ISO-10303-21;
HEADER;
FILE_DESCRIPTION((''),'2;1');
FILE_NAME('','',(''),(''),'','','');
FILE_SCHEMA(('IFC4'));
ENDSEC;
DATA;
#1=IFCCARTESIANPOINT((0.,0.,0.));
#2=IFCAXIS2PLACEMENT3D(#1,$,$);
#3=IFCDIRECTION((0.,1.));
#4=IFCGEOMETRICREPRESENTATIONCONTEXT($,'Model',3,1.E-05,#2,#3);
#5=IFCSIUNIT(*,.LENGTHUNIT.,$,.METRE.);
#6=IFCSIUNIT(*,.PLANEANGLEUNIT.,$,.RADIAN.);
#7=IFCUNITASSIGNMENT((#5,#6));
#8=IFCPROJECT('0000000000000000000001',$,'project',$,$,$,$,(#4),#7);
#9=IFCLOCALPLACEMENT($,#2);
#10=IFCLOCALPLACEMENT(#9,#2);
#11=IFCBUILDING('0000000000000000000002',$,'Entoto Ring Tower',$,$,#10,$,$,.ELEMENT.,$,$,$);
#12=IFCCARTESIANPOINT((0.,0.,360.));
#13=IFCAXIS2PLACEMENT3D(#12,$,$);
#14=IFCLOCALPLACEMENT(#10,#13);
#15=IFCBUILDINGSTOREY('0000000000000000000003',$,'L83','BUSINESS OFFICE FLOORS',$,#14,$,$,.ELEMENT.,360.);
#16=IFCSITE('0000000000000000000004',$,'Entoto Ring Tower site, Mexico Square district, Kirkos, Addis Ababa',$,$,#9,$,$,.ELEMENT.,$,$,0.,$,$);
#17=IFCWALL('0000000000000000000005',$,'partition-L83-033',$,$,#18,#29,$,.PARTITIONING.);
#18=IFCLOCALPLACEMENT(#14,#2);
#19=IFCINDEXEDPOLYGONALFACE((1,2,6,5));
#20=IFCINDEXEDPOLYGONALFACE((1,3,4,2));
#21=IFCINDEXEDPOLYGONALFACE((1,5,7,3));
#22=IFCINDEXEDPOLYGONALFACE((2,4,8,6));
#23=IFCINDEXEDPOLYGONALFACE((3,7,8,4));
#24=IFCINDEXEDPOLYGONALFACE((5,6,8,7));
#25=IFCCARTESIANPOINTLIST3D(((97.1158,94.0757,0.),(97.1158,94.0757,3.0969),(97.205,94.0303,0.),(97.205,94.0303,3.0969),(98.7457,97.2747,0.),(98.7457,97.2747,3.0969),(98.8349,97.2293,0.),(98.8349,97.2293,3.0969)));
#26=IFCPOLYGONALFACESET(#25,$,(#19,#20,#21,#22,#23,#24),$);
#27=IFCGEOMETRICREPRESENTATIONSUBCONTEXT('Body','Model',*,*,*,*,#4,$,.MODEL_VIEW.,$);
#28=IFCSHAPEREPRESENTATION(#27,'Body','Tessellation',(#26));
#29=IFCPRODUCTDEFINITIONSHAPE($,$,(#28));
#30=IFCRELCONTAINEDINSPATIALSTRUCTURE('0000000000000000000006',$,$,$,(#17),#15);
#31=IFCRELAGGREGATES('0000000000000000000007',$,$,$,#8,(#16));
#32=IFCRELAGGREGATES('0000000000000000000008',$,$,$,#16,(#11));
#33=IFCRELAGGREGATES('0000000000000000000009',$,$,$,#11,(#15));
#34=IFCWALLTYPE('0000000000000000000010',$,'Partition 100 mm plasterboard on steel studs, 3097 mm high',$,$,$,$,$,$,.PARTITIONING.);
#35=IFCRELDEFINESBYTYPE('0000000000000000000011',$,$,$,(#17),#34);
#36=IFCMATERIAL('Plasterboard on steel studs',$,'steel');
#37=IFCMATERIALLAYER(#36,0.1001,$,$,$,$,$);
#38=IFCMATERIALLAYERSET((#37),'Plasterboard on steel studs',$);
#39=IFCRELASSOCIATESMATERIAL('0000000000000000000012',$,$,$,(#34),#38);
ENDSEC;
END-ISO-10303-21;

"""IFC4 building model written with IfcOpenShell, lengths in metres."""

from ifc_helpers import new_model, si_unit, direction, frame, frame_2d, origin, place, context, subcontext, project, spatial, rectangle, extrude, material, layer, layer_set, type_object, element, save


model = new_model("IFC4")

# Units and contexts
model_context = context("Model", 3, precision=1e-05, world=origin(), true_north=direction((0.0, 1.0)))
body_context = subcontext(model_context, "Body", "Model", "MODEL_VIEW")
ifc_project = project(units=[si_unit("LENGTHUNIT", "METRE"), si_unit("PLANEANGLEUNIT", "RADIAN")], contexts=[model_context])

# Site, building, storey
site_placement = place(None, origin())
site = spatial("IfcSite", under=ifc_project, at=site_placement, Name="Entoto Ring Tower site, Mexico Square district, Kirkos, Addis Ababa", CompositionType="ELEMENT", RefElevation=0.0)
building_placement = place(site_placement, origin())
building = spatial("IfcBuilding", under=site, at=building_placement, Name="Entoto Ring Tower", CompositionType="ELEMENT")
storey_placement = place(building_placement, frame((0.0, 0.0, 360.0)))
storey = spatial("IfcBuildingStorey", under=building, at=storey_placement, Name="L83", Description="BUSINESS OFFICE FLOORS", CompositionType="ELEMENT", Elevation=360.0)

# Wall
ifc_material_1 = material(Name="Plasterboard on steel studs", Category="steel")
ifc_layer_1 = layer(ifc_material_1, 0.1001)
ifc_layer_set_1 = layer_set([ifc_layer_1], Name="Plasterboard on steel studs")
wall_type_1 = type_object("IfcWallType", Name="Partition 100 mm plasterboard on steel studs, 3097 mm high", PredefinedType="PARTITIONING", material=ifc_layer_set_1)
wall_1_placement = place(storey_placement, frame((97.1604, 94.053, 0.0), z_axis=(0.0, 0.0, 1.0), x_axis=(0.453974, 0.891015, 0.0)))
element("IfcWall", 1, at=wall_1_placement, inside=storey, type_object=wall_type_1, Name="partition-L83-033", PredefinedType="PARTITIONING", context=body_context, shape_type="SweptSolid", body=[
    extrude(rectangle(XDim=3.5903, YDim=0.1001, at=frame_2d((1.7952, 0.0))), origin(), (0.0, 0.0, 1.0), 3.0969),
])

save(model, "model.ifc")
